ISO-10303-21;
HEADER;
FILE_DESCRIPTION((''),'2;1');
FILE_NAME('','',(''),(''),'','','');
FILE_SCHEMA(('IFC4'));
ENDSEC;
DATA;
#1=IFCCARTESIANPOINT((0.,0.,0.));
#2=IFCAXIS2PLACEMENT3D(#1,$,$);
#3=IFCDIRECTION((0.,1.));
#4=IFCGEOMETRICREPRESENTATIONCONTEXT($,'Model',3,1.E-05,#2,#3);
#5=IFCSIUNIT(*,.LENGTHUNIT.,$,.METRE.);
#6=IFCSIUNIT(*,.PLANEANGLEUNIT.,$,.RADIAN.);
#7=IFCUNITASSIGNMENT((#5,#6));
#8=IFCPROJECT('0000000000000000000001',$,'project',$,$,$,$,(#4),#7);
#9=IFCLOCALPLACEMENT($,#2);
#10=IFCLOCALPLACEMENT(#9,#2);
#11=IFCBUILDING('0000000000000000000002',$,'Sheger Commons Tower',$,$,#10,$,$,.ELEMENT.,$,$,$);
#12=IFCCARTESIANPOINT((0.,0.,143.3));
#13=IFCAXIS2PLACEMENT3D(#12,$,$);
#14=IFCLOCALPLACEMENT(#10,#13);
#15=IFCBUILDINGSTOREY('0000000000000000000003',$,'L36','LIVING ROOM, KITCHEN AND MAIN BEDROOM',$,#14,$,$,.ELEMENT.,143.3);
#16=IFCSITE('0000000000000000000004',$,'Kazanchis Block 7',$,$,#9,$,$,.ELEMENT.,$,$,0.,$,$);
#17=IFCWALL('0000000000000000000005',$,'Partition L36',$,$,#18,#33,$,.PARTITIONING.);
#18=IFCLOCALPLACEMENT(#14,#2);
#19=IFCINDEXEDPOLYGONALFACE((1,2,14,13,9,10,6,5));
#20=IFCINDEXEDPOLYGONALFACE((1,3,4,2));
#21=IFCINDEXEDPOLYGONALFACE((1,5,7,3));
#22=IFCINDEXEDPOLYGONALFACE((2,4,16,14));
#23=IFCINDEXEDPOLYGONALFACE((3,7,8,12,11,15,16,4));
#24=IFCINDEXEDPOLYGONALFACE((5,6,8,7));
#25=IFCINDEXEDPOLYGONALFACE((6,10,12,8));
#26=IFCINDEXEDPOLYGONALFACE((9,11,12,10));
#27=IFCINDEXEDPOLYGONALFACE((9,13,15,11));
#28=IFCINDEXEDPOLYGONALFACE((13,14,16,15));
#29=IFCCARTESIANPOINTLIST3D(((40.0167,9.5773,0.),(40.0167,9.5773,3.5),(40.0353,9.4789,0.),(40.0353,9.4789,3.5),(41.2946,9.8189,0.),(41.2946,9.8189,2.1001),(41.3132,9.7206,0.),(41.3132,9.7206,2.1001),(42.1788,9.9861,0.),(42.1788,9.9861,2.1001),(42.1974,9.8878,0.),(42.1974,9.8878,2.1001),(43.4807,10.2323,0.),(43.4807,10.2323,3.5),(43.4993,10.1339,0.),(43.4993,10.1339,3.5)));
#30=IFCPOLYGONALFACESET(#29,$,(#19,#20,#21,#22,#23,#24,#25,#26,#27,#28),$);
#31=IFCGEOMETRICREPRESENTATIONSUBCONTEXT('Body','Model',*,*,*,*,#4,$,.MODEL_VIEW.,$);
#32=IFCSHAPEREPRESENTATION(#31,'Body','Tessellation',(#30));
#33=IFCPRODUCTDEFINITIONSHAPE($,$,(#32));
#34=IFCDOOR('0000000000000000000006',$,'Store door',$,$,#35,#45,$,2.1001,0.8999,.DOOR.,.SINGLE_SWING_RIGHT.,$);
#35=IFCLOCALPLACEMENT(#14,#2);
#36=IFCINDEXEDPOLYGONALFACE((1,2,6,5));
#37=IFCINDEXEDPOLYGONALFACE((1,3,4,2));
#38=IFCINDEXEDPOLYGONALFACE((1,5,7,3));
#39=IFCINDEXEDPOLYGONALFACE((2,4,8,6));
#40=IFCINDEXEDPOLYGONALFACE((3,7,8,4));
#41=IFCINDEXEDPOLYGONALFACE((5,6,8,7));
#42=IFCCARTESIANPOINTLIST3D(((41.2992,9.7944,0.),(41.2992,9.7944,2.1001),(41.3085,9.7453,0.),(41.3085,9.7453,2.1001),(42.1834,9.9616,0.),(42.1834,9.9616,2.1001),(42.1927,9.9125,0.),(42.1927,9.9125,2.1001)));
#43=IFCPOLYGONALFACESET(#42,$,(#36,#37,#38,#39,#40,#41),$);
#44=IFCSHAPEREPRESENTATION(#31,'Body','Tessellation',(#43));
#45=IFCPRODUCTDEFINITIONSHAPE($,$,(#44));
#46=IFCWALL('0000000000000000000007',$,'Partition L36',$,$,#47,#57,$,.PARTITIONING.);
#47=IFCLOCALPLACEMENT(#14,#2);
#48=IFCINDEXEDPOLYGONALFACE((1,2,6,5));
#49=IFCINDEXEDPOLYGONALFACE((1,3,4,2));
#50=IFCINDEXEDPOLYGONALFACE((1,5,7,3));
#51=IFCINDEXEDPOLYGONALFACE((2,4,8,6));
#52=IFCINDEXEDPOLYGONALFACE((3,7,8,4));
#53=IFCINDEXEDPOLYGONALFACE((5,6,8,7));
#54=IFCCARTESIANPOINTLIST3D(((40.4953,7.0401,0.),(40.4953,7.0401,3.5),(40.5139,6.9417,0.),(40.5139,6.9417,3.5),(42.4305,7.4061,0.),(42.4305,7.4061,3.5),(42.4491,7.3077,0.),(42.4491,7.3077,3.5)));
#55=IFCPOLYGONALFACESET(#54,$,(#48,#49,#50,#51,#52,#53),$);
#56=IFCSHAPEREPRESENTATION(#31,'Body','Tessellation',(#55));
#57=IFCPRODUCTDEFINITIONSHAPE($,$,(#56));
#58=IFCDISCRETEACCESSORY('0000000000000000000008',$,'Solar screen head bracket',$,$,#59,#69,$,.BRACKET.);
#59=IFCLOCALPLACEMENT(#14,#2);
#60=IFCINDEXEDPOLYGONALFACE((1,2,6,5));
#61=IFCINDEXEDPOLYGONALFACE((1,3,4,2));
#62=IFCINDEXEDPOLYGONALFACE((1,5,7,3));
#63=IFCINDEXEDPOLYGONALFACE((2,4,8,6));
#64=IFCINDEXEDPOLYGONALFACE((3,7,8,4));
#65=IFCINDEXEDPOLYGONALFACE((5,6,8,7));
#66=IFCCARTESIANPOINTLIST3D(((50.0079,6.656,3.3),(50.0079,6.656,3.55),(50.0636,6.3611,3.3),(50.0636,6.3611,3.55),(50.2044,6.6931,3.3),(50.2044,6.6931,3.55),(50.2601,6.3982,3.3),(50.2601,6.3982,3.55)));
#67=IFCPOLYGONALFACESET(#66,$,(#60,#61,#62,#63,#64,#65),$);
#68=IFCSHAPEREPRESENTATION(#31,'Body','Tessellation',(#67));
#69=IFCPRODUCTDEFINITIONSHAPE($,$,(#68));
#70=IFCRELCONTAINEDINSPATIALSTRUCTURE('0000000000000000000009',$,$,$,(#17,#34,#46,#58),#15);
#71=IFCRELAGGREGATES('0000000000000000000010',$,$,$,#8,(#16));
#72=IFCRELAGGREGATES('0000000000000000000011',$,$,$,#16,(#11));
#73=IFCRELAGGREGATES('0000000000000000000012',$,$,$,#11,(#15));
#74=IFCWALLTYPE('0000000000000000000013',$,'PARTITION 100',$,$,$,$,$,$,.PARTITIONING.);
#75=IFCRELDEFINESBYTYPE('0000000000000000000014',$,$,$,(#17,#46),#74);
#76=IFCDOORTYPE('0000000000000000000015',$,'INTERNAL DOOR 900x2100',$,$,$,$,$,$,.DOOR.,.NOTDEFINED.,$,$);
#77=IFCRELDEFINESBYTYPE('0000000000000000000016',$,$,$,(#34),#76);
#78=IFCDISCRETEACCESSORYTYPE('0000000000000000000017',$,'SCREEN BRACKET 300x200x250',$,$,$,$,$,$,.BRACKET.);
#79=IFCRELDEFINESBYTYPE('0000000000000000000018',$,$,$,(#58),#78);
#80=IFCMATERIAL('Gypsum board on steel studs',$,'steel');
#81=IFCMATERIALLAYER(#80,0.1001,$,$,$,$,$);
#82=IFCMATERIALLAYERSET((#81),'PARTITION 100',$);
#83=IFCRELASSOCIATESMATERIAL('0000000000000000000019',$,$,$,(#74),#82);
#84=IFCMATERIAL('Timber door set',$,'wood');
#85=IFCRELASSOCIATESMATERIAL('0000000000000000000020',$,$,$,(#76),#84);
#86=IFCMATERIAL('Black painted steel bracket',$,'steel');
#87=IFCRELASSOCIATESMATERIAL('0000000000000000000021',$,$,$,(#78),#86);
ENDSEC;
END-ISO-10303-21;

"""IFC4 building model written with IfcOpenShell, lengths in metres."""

from ifc_helpers import new_model, si_unit, direction, frame, frame_2d, origin, origin_2d, place, context, subcontext, project, spatial, rectangle, extrude, material, layer, layer_set, type_object, element, fill, save


model = new_model("IFC4")

# Units and contexts
model_context = context("Model", 3, precision=1e-05, world=origin(), true_north=direction((0.0, 1.0)))
body_context = subcontext(model_context, "Body", "Model", "MODEL_VIEW")
ifc_project = project(units=[si_unit("LENGTHUNIT", "METRE"), si_unit("PLANEANGLEUNIT", "RADIAN")], contexts=[model_context])

# Site, building, storey
site_placement = place(None, origin())
site = spatial("IfcSite", under=ifc_project, at=site_placement, Name="Kazanchis Block 7", CompositionType="ELEMENT", RefElevation=0.0)
building_placement = place(site_placement, origin())
building = spatial("IfcBuilding", under=site, at=building_placement, Name="Sheger Commons Tower", CompositionType="ELEMENT")
storey_placement = place(building_placement, frame((0.0, 0.0, 143.3)))
storey = spatial("IfcBuildingStorey", under=building, at=storey_placement, Name="L36", Description="LIVING ROOM, KITCHEN AND MAIN BEDROOM", CompositionType="ELEMENT", Elevation=143.3)

# Shared definitions
ifc_material_1 = material(Name="Gypsum board on steel studs", Category="steel")
ifc_layer_1 = layer(ifc_material_1, 0.1001)
ifc_layer_set_1 = layer_set([ifc_layer_1], Name="PARTITION 100")
wall_type_1 = type_object("IfcWallType", Name="PARTITION 100", PredefinedType="PARTITIONING", material=ifc_layer_set_1)
ifc_material_2 = material(Name="Timber door set", Category="wood")
door_type_1 = type_object("IfcDoorType", Name="INTERNAL DOOR 900x2100", OperationType="NOTDEFINED", PredefinedType="DOOR", material=ifc_material_2)

# Wall, opening, door
wall_1_placement = place(storey_placement, frame((43.49, 10.1831, 0.0), z_axis=(0.0, 0.0, 1.0), x_axis=(-0.982588, -0.185798, 0.0)))
wall_1 = element("IfcWall", 1, at=wall_1_placement, inside=storey, type_object=wall_type_1, Name="Partition L36", PredefinedType="PARTITIONING", context=body_context, shape_type="SweptSolid", body=[
    extrude(rectangle(XDim=3.5254, YDim=0.1001, at=frame_2d((1.7627, 0.0))), origin(), (0.0, 0.0, 1.0), 3.5),
])
opening_1_placement = place(wall_1_placement, frame((1.325, 0.0, 0.0)))
opening_1 = element("IfcOpeningElement", 2, at=opening_1_placement, cuts=wall_1, PredefinedType="OPENING", context=body_context, shape_type="SweptSolid", body=[
    extrude(rectangle(XDim=0.8999, YDim=2.1001, at=frame_2d((0.45, 1.05))), frame((0.0, 0.0601, 0.0), z_axis=(0.0, -1.0, 0.0), x_axis=(1.0, 0.0, 0.0)), (0.0, 0.0, 1.0), 0.1201),
])
door_1_placement = place(opening_1_placement, origin())
door_1 = element("IfcDoor", 3, at=door_1_placement, inside=storey, type_object=door_type_1, Name="Store door", OperationType="SINGLE_SWING_RIGHT", OverallHeight=2.1001, OverallWidth=0.8999, PredefinedType="DOOR", context=body_context, shape_type="SweptSolid", body=[
    extrude(rectangle(XDim=0.8999, YDim=2.1001, at=frame_2d((0.45, 1.05))), frame((0.0, 0.0249, 0.0), z_axis=(0.0, -1.0, 0.0), x_axis=(1.0, 0.0, 0.0)), (0.0, 0.0, 1.0), 0.05),
])
fill(opening_1, door_1)

# Wall
wall_2_placement = place(storey_placement, frame((42.4399, 7.3569, 0.0), z_axis=(0.0, 0.0, 1.0), x_axis=(-0.982582, -0.18583, 0.0)))
element("IfcWall", 4, at=wall_2_placement, inside=storey, type_object=wall_type_1, Name="Partition L36", PredefinedType="PARTITIONING", context=body_context, shape_type="SweptSolid", body=[
    extrude(rectangle(XDim=1.9695, YDim=0.1001, at=frame_2d((0.9849, 0.0))), origin(), (0.0, 0.0, 1.0), 3.5),
])

# Discrete accessory
ifc_material_3 = material(Name="Black painted steel bracket", Category="steel")
discrete_accessory_type = type_object("IfcDiscreteAccessoryType", Name="SCREEN BRACKET 300x200x250", PredefinedType="BRACKET", material=ifc_material_3)
discrete_accessory_placement = place(storey_placement, frame((50.134, 6.5271, 3.3), z_axis=(0.0, 0.0, 1.0), x_axis=(-0.185615, 0.982623, 0.0)))
element("IfcDiscreteAccessory", 5, at=discrete_accessory_placement, inside=storey, type_object=discrete_accessory_type, Name="Solar screen head bracket", PredefinedType="BRACKET", context=body_context, shape_type="SweptSolid", body=[
    extrude(rectangle(XDim=0.3, YDim=0.2, at=origin_2d()), origin(), (0.0, 0.0, 1.0), 0.25),
])

save(model, "model.ifc")
